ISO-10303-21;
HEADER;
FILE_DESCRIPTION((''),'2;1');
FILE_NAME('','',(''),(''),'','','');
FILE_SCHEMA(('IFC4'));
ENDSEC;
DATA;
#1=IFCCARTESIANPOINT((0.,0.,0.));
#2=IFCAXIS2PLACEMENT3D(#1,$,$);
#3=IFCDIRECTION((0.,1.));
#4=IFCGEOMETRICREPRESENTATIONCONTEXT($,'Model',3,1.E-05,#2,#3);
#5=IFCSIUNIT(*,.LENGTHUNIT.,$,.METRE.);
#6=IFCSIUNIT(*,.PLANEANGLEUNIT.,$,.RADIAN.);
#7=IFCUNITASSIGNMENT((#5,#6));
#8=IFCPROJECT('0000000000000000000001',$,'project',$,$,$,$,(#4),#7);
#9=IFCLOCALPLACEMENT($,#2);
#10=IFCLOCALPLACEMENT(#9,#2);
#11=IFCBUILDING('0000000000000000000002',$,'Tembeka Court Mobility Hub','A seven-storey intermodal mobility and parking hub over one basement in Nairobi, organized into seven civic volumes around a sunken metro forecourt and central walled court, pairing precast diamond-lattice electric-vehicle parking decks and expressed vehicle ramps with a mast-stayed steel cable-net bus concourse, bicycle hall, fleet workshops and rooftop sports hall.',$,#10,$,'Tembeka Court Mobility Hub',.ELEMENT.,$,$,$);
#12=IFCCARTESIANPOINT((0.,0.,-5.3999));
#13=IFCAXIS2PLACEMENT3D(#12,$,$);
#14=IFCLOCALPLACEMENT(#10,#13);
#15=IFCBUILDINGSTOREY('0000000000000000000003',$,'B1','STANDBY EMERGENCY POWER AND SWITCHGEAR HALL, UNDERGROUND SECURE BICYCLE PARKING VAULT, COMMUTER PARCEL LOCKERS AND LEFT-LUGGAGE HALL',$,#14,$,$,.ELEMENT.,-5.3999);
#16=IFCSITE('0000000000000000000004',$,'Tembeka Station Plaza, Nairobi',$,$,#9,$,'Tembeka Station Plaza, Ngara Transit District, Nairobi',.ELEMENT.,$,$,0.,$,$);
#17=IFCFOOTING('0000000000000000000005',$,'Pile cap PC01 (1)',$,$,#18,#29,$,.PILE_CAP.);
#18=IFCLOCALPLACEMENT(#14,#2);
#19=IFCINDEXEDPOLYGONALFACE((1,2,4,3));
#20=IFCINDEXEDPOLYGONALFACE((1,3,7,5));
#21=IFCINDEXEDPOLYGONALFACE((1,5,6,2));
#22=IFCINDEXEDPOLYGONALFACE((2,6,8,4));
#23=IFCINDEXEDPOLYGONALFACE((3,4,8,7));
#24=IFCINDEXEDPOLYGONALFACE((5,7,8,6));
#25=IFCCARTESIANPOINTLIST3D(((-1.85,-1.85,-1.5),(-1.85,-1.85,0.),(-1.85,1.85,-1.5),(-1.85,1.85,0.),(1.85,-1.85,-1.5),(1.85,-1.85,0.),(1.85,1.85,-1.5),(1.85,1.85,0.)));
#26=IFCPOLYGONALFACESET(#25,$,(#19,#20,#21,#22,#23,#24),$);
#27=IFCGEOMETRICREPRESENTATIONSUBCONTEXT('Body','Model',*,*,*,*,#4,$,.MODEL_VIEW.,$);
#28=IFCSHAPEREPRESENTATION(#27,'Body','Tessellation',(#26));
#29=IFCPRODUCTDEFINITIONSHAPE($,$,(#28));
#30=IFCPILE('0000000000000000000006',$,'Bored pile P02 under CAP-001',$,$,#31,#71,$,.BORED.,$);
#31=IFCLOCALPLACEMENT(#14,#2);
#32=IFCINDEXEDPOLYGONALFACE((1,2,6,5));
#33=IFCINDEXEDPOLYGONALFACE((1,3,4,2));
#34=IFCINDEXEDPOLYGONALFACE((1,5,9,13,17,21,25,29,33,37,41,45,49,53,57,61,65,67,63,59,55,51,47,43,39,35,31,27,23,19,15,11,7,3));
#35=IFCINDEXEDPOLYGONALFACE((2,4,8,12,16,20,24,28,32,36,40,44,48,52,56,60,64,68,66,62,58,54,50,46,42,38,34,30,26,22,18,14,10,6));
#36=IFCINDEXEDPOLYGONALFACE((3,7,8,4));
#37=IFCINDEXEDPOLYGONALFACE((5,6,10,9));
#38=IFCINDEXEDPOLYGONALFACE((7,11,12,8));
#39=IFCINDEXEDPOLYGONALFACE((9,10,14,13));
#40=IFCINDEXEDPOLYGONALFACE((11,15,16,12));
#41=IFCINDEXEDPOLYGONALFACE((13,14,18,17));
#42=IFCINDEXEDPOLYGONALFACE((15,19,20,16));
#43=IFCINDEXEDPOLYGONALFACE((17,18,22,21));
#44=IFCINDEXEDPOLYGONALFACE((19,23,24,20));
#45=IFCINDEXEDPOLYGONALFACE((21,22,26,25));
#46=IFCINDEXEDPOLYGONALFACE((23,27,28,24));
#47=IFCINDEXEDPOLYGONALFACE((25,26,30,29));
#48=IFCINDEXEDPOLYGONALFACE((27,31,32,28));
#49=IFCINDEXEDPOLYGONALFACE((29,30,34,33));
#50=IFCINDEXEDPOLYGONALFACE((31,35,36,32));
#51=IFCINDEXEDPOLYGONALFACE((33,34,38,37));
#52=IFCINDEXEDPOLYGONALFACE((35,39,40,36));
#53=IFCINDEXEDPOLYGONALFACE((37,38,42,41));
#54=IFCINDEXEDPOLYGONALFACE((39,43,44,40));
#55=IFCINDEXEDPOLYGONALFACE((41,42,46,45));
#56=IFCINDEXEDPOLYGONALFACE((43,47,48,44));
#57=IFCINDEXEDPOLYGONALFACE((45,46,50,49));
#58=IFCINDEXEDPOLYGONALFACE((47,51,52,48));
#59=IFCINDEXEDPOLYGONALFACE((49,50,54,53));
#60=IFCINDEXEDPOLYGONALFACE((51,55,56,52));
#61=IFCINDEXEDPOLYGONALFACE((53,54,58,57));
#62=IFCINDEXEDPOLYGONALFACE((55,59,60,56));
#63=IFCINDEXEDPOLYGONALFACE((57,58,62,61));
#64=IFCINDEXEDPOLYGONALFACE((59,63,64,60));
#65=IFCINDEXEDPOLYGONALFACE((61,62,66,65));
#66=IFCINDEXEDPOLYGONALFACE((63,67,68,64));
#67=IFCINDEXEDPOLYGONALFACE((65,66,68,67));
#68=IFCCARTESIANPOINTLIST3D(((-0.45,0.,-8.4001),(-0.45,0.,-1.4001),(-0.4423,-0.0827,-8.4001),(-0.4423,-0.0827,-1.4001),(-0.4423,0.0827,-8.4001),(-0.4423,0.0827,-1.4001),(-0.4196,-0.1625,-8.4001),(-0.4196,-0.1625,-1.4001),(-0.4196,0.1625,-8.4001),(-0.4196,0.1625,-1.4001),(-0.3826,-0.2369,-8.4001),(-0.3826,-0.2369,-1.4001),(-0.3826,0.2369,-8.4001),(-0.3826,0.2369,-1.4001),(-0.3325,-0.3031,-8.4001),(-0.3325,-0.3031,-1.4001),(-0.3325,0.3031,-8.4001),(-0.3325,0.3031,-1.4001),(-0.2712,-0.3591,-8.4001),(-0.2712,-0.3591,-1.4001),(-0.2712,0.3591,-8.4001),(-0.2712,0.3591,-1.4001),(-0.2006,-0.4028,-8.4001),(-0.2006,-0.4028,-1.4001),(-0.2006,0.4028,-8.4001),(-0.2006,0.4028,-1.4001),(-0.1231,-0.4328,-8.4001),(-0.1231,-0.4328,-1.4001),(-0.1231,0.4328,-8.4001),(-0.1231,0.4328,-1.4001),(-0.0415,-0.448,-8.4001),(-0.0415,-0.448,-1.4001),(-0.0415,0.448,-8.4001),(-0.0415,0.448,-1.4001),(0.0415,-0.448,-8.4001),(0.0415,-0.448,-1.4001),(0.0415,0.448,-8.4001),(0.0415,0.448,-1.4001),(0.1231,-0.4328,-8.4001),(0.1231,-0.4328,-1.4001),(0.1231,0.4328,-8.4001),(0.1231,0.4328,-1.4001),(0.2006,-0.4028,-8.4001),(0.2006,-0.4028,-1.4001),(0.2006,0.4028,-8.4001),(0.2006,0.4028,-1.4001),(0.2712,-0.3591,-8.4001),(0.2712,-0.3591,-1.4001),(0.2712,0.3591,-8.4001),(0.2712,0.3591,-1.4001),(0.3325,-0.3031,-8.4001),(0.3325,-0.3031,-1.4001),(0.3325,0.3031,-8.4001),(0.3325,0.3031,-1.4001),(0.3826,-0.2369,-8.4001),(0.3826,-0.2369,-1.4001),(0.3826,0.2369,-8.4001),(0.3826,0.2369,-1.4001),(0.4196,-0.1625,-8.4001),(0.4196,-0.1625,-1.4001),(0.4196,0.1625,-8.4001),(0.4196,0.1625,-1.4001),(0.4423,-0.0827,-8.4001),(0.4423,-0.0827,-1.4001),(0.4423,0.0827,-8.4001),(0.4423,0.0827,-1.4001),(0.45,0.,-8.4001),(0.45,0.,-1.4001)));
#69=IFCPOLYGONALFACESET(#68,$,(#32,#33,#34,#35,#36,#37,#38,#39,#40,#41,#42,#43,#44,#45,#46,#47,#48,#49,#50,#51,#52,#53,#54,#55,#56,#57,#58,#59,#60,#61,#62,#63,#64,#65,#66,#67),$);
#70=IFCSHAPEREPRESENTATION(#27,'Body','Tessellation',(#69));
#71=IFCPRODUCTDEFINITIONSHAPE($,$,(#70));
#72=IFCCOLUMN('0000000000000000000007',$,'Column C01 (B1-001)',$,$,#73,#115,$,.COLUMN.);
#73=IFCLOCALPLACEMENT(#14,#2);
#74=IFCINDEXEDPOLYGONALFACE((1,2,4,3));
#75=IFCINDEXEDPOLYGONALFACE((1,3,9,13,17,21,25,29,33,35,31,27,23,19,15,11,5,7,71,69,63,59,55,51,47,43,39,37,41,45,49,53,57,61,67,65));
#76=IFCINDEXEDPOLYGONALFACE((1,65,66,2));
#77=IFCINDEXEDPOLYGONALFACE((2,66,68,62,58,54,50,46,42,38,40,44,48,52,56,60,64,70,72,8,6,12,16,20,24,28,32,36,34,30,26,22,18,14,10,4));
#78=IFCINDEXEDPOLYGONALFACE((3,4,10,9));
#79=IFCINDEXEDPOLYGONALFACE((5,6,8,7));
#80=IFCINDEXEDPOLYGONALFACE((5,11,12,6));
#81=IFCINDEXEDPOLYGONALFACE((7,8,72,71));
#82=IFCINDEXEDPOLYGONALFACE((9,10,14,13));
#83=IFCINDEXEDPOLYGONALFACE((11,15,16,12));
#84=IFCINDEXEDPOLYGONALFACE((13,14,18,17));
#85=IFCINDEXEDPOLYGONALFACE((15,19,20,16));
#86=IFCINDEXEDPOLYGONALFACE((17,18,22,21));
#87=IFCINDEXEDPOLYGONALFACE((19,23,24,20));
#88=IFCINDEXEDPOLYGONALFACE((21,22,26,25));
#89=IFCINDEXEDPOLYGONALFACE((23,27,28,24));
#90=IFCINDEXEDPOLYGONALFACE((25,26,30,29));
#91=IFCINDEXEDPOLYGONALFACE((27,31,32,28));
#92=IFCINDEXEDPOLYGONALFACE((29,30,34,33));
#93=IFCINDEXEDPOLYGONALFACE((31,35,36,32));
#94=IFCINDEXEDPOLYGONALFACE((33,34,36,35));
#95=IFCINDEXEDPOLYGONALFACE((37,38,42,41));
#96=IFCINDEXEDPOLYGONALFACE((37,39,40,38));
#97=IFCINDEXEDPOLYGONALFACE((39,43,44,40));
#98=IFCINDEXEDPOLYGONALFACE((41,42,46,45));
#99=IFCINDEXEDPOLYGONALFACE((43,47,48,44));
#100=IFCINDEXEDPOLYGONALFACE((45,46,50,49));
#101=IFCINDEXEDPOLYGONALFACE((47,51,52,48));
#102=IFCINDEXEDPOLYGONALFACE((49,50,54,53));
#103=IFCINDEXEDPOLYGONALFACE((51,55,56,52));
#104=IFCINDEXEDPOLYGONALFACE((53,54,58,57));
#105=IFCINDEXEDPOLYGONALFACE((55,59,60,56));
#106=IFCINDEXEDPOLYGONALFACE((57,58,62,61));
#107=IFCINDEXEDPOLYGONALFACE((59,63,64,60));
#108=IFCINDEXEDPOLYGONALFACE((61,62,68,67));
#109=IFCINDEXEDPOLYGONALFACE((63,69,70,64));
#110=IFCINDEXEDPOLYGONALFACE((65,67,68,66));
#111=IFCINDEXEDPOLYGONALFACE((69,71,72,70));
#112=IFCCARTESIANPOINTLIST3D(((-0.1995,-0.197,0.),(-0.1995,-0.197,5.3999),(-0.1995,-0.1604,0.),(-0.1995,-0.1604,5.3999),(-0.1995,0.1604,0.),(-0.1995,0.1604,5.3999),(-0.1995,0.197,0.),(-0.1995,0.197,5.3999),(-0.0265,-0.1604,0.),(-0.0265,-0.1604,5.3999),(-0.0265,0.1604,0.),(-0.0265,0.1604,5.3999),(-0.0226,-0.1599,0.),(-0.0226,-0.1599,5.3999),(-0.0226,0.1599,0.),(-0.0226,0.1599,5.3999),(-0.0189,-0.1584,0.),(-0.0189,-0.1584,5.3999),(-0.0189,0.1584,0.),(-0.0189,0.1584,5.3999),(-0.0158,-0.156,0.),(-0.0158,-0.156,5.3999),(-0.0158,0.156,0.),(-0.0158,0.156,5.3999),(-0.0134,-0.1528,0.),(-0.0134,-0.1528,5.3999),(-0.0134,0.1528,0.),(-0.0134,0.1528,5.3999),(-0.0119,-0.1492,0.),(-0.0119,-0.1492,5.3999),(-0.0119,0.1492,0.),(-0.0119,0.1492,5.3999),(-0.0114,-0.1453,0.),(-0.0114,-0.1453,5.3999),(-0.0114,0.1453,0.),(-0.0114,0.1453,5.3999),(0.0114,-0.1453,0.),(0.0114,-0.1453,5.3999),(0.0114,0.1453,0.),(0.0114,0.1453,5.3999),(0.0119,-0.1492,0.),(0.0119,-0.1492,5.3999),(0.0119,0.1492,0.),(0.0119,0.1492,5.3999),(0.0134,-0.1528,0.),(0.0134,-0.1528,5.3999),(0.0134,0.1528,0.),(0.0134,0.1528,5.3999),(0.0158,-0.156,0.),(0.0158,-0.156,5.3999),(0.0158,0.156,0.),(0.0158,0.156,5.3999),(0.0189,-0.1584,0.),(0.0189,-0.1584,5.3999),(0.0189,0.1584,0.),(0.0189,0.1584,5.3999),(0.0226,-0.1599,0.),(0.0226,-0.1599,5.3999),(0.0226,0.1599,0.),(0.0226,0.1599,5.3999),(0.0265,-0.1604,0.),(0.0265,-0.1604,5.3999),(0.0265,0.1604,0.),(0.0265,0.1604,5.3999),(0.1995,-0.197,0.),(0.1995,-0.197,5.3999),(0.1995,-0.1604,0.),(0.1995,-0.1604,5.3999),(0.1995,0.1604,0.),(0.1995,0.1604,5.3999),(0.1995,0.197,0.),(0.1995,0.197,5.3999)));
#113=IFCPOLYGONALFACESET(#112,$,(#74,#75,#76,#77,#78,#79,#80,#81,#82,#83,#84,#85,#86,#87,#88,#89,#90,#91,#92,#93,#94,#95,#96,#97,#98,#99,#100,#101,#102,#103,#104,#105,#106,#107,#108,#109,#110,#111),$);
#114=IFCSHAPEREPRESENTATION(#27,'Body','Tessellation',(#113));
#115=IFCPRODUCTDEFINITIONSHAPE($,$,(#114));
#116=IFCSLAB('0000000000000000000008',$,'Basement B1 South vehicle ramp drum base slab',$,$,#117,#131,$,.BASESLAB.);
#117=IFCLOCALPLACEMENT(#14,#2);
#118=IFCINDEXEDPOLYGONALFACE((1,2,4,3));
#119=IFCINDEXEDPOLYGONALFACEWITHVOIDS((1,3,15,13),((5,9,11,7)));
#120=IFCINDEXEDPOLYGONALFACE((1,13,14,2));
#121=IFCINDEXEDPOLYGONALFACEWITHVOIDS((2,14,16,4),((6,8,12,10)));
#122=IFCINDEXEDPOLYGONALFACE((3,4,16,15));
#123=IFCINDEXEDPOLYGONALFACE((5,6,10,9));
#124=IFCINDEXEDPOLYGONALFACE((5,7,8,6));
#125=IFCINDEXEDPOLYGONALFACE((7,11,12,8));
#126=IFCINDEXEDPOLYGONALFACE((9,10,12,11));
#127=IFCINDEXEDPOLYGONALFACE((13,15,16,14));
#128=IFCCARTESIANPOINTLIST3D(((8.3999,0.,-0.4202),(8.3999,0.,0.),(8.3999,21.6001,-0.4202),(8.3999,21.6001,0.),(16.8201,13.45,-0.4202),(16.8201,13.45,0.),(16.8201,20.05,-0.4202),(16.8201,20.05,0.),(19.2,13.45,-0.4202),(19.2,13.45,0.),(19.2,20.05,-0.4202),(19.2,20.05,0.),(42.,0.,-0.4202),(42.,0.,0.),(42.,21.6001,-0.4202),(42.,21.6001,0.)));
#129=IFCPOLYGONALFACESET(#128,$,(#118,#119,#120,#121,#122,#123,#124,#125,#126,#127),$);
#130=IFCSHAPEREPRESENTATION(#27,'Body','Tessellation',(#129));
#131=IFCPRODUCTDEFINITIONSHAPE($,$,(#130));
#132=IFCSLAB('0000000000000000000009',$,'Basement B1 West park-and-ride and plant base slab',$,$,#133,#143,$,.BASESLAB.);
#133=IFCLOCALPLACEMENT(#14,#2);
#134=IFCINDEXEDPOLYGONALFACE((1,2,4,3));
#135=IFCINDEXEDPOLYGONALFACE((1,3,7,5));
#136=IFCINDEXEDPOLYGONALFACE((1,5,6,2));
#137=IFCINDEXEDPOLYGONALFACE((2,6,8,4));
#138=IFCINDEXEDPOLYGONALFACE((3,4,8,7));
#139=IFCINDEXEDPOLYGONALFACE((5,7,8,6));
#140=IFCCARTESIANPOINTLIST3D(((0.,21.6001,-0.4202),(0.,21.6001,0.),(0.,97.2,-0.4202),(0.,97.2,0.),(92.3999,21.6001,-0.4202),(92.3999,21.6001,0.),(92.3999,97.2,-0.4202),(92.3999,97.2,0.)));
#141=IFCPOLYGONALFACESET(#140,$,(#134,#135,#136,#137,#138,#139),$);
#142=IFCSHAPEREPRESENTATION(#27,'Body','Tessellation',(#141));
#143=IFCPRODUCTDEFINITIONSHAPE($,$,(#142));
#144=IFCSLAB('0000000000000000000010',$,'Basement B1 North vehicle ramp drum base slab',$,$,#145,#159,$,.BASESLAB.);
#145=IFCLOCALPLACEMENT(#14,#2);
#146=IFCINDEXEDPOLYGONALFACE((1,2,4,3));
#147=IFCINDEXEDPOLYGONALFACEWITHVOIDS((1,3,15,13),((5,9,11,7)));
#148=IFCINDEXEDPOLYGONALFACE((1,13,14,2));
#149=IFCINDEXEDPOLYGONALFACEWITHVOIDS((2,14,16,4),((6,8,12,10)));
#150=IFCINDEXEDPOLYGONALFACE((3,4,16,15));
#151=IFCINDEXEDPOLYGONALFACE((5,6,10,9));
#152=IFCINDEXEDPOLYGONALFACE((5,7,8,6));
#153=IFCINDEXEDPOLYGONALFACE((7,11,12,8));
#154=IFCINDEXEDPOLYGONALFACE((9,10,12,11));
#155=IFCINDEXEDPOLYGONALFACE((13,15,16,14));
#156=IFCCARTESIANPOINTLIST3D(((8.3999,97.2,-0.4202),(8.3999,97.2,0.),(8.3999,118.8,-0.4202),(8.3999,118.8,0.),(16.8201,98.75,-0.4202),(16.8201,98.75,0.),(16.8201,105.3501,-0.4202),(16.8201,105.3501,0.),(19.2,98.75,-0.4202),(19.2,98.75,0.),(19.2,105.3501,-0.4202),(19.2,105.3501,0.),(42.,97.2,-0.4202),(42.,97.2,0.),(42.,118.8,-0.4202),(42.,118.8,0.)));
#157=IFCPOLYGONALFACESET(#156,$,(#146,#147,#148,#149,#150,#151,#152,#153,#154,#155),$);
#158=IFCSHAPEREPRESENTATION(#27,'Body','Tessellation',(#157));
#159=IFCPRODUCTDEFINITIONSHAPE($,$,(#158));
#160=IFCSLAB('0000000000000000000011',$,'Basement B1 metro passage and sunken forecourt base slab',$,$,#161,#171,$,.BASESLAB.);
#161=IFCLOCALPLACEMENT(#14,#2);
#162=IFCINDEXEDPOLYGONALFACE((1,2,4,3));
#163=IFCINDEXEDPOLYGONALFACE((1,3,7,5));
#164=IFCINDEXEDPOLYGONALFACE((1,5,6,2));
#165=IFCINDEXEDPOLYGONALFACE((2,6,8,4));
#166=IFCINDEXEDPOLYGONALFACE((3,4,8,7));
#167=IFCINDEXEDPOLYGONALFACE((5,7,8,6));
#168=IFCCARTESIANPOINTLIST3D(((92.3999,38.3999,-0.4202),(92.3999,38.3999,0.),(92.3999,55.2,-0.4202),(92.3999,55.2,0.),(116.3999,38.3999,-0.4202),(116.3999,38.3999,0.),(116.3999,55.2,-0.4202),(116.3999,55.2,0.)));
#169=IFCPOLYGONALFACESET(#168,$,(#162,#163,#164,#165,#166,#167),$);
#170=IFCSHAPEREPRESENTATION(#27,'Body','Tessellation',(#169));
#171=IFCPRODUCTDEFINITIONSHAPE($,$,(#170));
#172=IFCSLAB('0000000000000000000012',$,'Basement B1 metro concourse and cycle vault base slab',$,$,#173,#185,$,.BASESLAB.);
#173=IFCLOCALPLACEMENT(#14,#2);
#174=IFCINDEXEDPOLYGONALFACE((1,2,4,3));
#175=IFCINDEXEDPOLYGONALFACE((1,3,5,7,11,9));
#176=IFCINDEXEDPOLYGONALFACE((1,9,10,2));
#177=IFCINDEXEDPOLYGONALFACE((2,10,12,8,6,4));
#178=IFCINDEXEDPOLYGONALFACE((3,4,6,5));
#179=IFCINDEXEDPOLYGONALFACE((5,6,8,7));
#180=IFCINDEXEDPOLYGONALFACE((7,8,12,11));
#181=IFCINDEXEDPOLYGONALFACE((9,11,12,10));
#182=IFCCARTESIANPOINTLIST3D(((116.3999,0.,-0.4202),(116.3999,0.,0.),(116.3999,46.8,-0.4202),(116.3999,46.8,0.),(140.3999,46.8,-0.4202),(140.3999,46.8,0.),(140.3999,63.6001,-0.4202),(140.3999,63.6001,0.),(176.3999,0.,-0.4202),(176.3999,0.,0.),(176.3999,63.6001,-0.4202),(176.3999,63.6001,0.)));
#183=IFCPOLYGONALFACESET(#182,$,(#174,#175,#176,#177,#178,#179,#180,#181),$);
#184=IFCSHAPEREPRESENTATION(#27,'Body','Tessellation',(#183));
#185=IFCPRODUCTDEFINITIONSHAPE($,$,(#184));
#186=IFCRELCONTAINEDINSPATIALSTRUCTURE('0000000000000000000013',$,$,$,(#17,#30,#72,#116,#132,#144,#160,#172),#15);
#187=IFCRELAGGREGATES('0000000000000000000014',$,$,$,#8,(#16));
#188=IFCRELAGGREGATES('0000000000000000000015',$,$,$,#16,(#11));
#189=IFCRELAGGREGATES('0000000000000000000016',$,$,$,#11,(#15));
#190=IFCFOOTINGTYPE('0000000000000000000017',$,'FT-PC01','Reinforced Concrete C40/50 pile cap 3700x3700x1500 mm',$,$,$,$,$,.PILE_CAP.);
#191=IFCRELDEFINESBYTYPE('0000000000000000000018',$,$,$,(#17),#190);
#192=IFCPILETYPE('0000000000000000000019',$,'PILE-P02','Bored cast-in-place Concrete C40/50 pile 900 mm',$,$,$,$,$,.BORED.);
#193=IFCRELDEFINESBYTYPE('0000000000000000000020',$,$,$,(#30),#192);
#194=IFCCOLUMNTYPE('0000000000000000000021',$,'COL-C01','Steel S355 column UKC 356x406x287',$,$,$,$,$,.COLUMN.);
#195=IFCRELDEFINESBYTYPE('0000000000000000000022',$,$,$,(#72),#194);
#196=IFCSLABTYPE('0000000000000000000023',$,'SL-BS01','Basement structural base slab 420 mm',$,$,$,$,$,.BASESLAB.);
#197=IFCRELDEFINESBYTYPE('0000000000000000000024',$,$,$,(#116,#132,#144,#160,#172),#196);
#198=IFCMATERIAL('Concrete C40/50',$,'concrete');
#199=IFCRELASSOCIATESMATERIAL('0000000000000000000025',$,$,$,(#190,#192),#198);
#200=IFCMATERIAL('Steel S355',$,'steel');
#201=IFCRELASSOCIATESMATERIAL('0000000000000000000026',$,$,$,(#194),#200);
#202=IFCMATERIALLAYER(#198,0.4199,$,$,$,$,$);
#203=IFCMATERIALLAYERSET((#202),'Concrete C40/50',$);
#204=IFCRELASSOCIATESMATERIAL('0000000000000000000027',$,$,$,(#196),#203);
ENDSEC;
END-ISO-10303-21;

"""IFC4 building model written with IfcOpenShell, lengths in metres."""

from ifc_helpers import new_model, si_unit, direction, frame, origin, origin_with_axes, origin_2d, place, context, subcontext, project, spatial, polyline, rectangle, circle, i_section, outline, extrude, material, layer, layer_set, material_profile, profile_set, type_object, element, save


model = new_model("IFC4")

# Units and contexts
model_context = context("Model", 3, precision=1e-05, world=origin(), true_north=direction((0.0, 1.0)))
body_context = subcontext(model_context, "Body", "Model", "MODEL_VIEW")
ifc_project = project(units=[si_unit("LENGTHUNIT", "METRE"), si_unit("PLANEANGLEUNIT", "RADIAN")], contexts=[model_context])

# Site, building, storey
site_placement = place(None, origin())
site = spatial("IfcSite", under=ifc_project, at=site_placement, Name="Tembeka Station Plaza, Nairobi", LongName="Tembeka Station Plaza, Ngara Transit District, Nairobi", CompositionType="ELEMENT", RefElevation=0.0)
building_placement = place(site_placement, origin())
building = spatial("IfcBuilding", under=site, at=building_placement, Name="Tembeka Court Mobility Hub", Description="A seven-storey intermodal mobility and parking hub over one basement in Nairobi, organized into seven civic volumes around a sunken metro forecourt and central walled court, pairing precast diamond-lattice electric-vehicle parking decks and expressed vehicle ramps with a mast-stayed steel cable-net bus concourse, bicycle hall, fleet workshops and rooftop sports hall.", LongName="Tembeka Court Mobility Hub", CompositionType="ELEMENT")
storey_placement = place(building_placement, frame((0.0, 0.0, -5.3999)))
storey = spatial("IfcBuildingStorey", under=building, at=storey_placement, Name="B1", Description="STANDBY EMERGENCY POWER AND SWITCHGEAR HALL, UNDERGROUND SECURE BICYCLE PARKING VAULT, COMMUTER PARCEL LOCKERS AND LEFT-LUGGAGE HALL", CompositionType="ELEMENT", Elevation=-5.3999)

# Footing
ifc_material_1 = material(Name="Concrete C40/50", Category="concrete")
footing_type = type_object("IfcFootingType", Name="FT-PC01", Description="Reinforced Concrete C40/50 pile cap 3700x3700x1500 mm", PredefinedType="PILE_CAP", material=ifc_material_1)
footing_placement = place(storey_placement, frame((0.0, 0.0, -1.5), z_axis=(0.0, 0.0, 1.0), x_axis=(1.0, 0.0, 0.0)))
element("IfcFooting", 1, at=footing_placement, inside=storey, type_object=footing_type, Name="Pile cap PC01 (1)", PredefinedType="PILE_CAP", context=body_context, shape_type="SweptSolid", body=[
    extrude(rectangle(XDim=3.7, YDim=3.7, at=origin_2d()), origin(), (0.0, 0.0, 1.0), 1.5),
])

# Pile
ifc_material_profile_1 = material_profile(ifc_material_1, circle(Radius=0.45, at=origin_2d()), Name="PILE D900")
ifc_profile_set_1 = profile_set([ifc_material_profile_1], Name="Concrete C40/50")
pile_type = type_object("IfcPileType", Name="PILE-P02", Description="Bored cast-in-place Concrete C40/50 pile 900 mm", PredefinedType="BORED", material=ifc_profile_set_1)
pile_placement = place(storey_placement, frame((0.0, 0.0, -1.4001), z_axis=(0.0, 0.0, -1.0), x_axis=(1.0, 0.0, 0.0)))
element("IfcPile", 2, at=pile_placement, inside=storey, type_object=pile_type, Name="Bored pile P02 under CAP-001", PredefinedType="BORED", context=body_context, shape_type="SweptSolid", body=[
    extrude(circle(Radius=0.45, at=origin_2d()), origin(), (0.0, 0.0, 1.0), 7.0),
])

# Column
ifc_material_2 = material(Name="Steel S355", Category="steel")
ifc_material_profile_2 = material_profile(ifc_material_2, i_section(OverallWidth=0.3989, OverallDepth=0.394, WebThickness=0.0227, FlangeThickness=0.0366, FilletRadius=0.0151, at=origin_2d()), Name="UKC 356x406x287")
ifc_profile_set_2 = profile_set([ifc_material_profile_2], Name="Steel S355")
column_type = type_object("IfcColumnType", Name="COL-C01", Description="Steel S355 column UKC 356x406x287", PredefinedType="COLUMN", material=ifc_profile_set_2)
column_placement = place(storey_placement, origin_with_axes())
element("IfcColumn", 3, at=column_placement, inside=storey, type_object=column_type, Name="Column C01 (B1-001)", PredefinedType="COLUMN", context=body_context, shape_type="SweptSolid", body=[
    extrude(i_section(OverallWidth=0.3989, OverallDepth=0.394, WebThickness=0.0227, FlangeThickness=0.0366, FilletRadius=0.0151, at=origin_2d()), origin(), (0.0, 0.0, 1.0), 5.3999),
])

# Slabs
ifc_layer_1 = layer(ifc_material_1, 0.4199)
ifc_layer_set_1 = layer_set([ifc_layer_1], Name="Concrete C40/50")
slab_type_1 = type_object("IfcSlabType", Name="SL-BS01", Description="Basement structural base slab 420 mm", PredefinedType="BASESLAB", material=ifc_layer_set_1)
slab_1_placement = place(storey_placement, frame((0.0, 0.0, -0.4202)))
element("IfcSlab", 4, at=slab_1_placement, inside=storey, type_object=slab_type_1, Name="Basement B1 South vehicle ramp drum base slab", PredefinedType="BASESLAB", context=body_context, shape_type="SweptSolid", body=[
    extrude(outline(polyline([(8.3999, 0.0), (42.0, 0.0), (42.0, 21.6001), (8.3999, 21.6001), (8.3999, 0.0)]), holes=[polyline([(16.8201, 20.05), (19.2, 20.05), (19.2, 13.45), (16.8201, 13.45), (16.8201, 20.05)])]), origin(), (0.0, 0.0, 1.0), 0.4202),
])
slab_2_placement = place(storey_placement, frame((0.0, 0.0, -0.4202)))
element("IfcSlab", 5, at=slab_2_placement, inside=storey, type_object=slab_type_1, Name="Basement B1 West park-and-ride and plant base slab", PredefinedType="BASESLAB", context=body_context, shape_type="SweptSolid", body=[
    extrude(outline(polyline([(0.0, 21.6001), (92.3999, 21.6001), (92.3999, 97.2), (0.0, 97.2), (0.0, 21.6001)])), origin(), (0.0, 0.0, 1.0), 0.4202),
])
slab_3_placement = place(storey_placement, frame((0.0, 0.0, -0.4202)))
element("IfcSlab", 6, at=slab_3_placement, inside=storey, type_object=slab_type_1, Name="Basement B1 North vehicle ramp drum base slab", PredefinedType="BASESLAB", context=body_context, shape_type="SweptSolid", body=[
    extrude(outline(polyline([(8.3999, 97.2), (42.0, 97.2), (42.0, 118.8), (8.3999, 118.8), (8.3999, 97.2)]), holes=[polyline([(16.8201, 105.3501), (19.2, 105.3501), (19.2, 98.75), (16.8201, 98.75), (16.8201, 105.3501)])]), origin(), (0.0, 0.0, 1.0), 0.4202),
])
slab_4_placement = place(storey_placement, frame((0.0, 0.0, -0.4202)))
element("IfcSlab", 7, at=slab_4_placement, inside=storey, type_object=slab_type_1, Name="Basement B1 metro passage and sunken forecourt base slab", PredefinedType="BASESLAB", context=body_context, shape_type="SweptSolid", body=[
    extrude(outline(polyline([(92.3999, 38.3999), (116.3999, 38.3999), (116.3999, 55.2), (92.3999, 55.2), (92.3999, 38.3999)])), origin(), (0.0, 0.0, 1.0), 0.4202),
])
slab_5_placement = place(storey_placement, frame((0.0, 0.0, -0.4202)))
element("IfcSlab", 8, at=slab_5_placement, inside=storey, type_object=slab_type_1, Name="Basement B1 metro concourse and cycle vault base slab", PredefinedType="BASESLAB", context=body_context, shape_type="SweptSolid", body=[
    extrude(outline(polyline([(116.3999, 0.0), (176.3999, 0.0), (176.3999, 63.6001), (140.3999, 63.6001), (140.3999, 46.8), (116.3999, 46.8), (116.3999, 0.0)])), origin(), (0.0, 0.0, 1.0), 0.4202),
])

save(model, "model.ifc")
